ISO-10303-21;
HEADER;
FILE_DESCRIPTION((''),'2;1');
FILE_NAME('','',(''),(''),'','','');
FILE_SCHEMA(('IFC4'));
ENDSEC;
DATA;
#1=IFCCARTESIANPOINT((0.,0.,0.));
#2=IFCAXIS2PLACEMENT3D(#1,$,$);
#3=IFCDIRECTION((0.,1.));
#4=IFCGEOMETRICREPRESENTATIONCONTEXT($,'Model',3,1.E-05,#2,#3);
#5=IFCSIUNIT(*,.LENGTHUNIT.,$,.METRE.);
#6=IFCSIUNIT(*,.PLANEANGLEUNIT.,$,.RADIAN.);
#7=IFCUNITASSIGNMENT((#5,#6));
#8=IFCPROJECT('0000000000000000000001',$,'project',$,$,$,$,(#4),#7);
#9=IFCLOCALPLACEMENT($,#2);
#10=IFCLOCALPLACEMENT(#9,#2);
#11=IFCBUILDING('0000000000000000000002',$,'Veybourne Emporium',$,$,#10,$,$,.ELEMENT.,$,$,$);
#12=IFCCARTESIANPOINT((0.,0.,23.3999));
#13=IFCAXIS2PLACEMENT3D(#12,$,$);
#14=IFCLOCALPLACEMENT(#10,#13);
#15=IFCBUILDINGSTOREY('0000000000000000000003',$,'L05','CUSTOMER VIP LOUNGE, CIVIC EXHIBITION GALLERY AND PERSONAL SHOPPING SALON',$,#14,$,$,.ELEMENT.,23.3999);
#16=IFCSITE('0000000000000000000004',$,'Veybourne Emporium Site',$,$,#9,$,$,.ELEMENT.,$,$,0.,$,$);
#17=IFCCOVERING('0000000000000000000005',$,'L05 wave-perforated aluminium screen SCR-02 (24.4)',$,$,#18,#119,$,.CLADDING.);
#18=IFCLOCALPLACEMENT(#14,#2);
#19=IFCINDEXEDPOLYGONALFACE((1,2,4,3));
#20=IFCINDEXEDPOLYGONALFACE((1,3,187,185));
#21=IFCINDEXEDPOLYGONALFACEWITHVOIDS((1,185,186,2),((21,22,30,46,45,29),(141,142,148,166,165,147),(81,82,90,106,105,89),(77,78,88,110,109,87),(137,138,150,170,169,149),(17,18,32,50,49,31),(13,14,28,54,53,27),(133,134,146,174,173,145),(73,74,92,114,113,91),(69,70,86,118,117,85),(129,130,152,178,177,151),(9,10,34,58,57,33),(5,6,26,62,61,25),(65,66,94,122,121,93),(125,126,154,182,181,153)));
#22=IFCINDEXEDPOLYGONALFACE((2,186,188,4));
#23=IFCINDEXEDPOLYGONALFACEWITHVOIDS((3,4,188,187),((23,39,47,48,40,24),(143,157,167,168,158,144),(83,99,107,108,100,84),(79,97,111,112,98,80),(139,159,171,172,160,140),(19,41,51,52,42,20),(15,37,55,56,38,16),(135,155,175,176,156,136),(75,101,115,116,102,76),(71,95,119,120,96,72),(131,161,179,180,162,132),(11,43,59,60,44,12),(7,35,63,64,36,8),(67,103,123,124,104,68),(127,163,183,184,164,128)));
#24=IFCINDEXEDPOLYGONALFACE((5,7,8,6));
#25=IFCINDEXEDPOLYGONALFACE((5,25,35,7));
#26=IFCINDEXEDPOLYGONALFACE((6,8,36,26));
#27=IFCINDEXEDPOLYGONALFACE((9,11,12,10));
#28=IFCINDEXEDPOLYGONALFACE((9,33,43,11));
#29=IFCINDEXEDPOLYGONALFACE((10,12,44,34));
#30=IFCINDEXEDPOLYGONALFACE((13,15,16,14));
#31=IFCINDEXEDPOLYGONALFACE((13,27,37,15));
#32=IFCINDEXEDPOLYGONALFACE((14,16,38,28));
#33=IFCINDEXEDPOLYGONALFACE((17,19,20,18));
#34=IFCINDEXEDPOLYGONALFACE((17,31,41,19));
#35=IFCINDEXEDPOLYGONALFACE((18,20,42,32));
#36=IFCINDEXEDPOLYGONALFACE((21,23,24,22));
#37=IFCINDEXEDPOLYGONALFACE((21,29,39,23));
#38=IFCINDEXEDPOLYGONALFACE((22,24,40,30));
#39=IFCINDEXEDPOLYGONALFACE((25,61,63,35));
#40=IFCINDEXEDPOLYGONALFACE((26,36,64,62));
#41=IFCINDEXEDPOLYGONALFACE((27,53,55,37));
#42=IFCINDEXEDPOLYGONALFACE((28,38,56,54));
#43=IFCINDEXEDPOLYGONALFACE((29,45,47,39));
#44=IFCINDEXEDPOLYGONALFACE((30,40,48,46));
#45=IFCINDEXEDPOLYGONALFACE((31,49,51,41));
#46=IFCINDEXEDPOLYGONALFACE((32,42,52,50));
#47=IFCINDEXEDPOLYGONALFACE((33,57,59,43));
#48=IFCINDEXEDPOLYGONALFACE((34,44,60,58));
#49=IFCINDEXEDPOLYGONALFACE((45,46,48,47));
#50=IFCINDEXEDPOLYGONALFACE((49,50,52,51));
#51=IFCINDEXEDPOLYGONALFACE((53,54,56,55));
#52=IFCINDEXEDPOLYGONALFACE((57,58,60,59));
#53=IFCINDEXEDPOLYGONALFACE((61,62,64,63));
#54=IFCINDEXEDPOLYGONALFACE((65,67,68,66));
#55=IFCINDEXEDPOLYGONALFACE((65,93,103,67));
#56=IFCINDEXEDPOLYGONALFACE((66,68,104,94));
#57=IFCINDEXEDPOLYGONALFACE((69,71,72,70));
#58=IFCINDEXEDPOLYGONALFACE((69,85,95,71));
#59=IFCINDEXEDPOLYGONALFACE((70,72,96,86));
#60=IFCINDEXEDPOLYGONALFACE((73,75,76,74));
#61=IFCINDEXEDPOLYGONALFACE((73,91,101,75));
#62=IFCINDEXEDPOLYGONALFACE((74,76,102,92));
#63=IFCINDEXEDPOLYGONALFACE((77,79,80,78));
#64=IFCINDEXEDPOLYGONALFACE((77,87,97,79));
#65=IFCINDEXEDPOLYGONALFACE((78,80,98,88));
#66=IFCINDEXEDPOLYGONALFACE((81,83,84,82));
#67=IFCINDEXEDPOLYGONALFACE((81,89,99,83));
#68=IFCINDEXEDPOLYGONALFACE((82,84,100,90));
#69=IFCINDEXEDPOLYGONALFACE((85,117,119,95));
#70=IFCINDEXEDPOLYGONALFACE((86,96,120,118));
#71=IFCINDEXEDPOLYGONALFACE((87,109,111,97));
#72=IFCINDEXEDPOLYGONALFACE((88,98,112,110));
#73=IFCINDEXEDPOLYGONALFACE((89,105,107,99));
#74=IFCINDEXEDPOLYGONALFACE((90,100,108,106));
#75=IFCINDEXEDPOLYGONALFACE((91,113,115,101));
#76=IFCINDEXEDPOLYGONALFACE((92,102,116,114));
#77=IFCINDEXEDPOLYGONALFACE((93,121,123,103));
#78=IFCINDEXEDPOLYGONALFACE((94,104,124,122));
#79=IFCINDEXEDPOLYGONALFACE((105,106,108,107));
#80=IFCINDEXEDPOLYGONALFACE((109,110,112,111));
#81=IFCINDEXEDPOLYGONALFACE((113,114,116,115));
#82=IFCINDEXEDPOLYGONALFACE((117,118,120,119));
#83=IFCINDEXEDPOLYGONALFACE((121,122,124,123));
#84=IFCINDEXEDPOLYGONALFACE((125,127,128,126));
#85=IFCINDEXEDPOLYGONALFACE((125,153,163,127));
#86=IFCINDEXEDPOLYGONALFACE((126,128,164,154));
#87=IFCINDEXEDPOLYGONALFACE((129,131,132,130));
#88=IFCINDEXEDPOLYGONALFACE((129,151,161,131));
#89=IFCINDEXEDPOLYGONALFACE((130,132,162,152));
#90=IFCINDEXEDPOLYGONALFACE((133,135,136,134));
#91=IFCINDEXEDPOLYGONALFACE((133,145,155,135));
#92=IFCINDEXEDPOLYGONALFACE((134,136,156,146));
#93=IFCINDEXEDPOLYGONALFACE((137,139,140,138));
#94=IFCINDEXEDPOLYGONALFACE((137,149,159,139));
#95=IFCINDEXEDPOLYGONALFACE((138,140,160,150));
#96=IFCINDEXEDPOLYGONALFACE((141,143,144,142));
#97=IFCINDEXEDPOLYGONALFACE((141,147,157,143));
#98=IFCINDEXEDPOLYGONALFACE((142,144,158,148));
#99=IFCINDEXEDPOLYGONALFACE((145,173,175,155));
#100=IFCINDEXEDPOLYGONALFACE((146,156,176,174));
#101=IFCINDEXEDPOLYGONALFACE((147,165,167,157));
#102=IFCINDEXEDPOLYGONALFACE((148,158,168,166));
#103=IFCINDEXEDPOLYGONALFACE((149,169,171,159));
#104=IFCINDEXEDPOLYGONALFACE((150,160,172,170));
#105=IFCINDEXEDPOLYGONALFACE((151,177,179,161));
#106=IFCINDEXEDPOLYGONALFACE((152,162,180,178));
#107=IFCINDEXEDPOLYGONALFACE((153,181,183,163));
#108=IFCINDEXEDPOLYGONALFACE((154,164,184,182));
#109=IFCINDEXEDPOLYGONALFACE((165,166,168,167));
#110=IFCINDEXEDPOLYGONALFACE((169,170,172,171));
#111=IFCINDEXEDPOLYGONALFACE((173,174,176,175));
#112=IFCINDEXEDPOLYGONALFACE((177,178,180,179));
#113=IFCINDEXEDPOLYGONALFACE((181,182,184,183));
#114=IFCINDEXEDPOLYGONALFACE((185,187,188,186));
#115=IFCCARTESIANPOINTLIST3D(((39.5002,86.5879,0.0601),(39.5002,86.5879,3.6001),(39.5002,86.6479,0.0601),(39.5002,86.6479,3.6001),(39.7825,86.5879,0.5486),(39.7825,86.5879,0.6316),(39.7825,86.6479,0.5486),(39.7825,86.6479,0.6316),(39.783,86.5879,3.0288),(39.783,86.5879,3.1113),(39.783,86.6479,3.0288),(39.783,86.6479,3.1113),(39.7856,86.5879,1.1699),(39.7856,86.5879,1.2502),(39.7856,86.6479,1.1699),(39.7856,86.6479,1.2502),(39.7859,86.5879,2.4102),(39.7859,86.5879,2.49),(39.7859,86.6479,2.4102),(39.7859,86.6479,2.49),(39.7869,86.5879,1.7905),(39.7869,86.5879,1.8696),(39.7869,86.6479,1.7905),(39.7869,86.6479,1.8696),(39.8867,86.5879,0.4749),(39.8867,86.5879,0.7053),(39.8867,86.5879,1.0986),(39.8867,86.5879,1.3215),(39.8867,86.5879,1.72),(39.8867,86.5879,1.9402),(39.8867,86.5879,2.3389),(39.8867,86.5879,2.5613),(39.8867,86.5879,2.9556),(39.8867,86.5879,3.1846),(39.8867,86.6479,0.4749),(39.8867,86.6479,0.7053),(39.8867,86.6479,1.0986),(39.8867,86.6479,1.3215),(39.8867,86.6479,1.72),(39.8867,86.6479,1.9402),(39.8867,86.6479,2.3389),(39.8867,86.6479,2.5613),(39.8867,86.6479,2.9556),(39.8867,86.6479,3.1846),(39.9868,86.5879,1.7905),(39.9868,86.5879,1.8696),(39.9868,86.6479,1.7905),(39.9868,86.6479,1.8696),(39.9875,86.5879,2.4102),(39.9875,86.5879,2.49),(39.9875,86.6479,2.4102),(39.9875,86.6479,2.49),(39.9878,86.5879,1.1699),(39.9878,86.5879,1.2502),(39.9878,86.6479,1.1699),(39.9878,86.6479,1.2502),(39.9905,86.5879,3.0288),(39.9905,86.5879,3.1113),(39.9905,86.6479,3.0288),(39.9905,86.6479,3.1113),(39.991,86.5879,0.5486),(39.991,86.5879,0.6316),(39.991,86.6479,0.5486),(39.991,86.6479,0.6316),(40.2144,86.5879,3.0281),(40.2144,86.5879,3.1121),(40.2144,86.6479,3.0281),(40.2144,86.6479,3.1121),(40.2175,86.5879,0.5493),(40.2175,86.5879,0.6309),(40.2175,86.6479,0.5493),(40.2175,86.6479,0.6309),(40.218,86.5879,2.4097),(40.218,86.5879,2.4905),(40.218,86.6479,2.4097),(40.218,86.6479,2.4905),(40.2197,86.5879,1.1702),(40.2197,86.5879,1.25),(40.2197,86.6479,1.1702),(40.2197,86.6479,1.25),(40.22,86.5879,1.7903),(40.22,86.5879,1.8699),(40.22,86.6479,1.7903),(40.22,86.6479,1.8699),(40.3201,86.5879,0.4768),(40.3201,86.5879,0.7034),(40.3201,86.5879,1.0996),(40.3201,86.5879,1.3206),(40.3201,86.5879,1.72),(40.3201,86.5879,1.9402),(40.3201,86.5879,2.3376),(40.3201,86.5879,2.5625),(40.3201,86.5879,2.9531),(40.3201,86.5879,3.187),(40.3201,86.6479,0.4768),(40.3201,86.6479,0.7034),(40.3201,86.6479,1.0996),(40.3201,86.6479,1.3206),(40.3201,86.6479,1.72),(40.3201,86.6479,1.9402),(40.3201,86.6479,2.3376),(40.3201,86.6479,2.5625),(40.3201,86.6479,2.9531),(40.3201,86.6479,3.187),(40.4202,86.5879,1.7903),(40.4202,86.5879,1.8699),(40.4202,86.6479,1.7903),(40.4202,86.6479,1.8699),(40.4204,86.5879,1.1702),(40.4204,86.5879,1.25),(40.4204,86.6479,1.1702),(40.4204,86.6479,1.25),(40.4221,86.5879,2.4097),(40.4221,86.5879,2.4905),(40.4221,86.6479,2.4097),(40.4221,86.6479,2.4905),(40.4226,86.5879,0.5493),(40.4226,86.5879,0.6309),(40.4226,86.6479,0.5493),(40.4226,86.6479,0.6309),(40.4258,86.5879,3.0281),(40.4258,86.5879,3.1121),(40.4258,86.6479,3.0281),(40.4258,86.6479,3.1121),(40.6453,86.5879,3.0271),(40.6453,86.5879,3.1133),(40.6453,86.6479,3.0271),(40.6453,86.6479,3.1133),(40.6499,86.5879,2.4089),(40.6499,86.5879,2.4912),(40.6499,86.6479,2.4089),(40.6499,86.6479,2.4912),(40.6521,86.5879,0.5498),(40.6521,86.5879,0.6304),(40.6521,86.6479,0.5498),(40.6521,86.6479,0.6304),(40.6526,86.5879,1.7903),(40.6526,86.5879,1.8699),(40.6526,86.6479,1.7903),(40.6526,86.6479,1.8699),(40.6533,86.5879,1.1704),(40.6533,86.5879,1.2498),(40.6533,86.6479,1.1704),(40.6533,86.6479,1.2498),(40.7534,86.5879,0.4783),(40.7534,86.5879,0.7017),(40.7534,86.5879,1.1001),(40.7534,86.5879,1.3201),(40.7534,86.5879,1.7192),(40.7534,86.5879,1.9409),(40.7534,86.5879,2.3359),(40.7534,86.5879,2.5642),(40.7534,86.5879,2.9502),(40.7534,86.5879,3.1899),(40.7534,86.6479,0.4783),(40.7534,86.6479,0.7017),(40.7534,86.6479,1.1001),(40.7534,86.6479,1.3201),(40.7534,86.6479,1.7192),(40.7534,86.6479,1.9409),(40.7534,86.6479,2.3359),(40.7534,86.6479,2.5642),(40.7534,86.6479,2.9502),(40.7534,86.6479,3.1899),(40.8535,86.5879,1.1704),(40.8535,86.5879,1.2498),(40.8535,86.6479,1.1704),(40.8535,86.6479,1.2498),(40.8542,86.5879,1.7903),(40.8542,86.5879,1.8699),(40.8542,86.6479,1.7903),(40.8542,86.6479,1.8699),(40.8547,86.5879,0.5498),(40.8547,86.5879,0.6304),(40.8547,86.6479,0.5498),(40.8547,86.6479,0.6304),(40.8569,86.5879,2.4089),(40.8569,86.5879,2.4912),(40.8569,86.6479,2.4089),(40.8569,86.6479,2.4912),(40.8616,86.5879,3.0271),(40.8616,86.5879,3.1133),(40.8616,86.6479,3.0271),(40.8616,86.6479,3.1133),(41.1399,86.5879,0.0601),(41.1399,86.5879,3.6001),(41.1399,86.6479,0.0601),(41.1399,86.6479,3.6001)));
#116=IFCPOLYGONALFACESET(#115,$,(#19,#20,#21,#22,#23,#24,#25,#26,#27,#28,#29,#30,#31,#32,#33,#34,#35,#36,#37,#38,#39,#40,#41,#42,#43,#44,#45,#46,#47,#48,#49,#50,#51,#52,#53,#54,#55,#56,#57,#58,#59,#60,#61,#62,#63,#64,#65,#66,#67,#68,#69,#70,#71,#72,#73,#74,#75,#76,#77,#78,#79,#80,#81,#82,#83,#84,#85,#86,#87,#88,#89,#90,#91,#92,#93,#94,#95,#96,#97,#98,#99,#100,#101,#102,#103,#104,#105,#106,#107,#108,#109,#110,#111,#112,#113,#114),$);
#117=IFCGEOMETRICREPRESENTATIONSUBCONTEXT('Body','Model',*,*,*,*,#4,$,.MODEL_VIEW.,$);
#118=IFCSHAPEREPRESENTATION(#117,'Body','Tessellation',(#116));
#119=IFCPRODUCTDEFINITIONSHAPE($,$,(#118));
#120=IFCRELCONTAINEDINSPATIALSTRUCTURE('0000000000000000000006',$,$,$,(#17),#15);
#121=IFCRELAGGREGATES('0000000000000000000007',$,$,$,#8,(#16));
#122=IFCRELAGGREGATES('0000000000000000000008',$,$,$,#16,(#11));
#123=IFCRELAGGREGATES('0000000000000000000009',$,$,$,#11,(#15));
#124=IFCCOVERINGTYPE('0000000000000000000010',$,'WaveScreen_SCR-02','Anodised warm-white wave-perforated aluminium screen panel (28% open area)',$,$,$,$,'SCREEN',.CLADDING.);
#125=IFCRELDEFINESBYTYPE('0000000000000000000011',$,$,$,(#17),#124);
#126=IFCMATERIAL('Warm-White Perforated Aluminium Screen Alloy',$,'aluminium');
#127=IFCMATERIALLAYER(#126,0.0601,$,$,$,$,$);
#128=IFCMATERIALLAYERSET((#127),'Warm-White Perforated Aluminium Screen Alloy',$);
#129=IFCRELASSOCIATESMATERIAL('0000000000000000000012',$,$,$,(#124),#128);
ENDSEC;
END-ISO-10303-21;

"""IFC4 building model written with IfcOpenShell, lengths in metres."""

from ifc_helpers import new_model, si_unit, direction, frame, origin, place, context, subcontext, project, spatial, polyline, outline, extrude, material, layer, layer_set, type_object, element, save


model = new_model("IFC4")

# Units and contexts
model_context = context("Model", 3, precision=1e-05, world=origin(), true_north=direction((0.0, 1.0)))
body_context = subcontext(model_context, "Body", "Model", "MODEL_VIEW")
ifc_project = project(units=[si_unit("LENGTHUNIT", "METRE"), si_unit("PLANEANGLEUNIT", "RADIAN")], contexts=[model_context])

# Site, building, storey
site_placement = place(None, origin())
site = spatial("IfcSite", under=ifc_project, at=site_placement, Name="Veybourne Emporium Site", CompositionType="ELEMENT", RefElevation=0.0)
building_placement = place(site_placement, origin())
building = spatial("IfcBuilding", under=site, at=building_placement, Name="Veybourne Emporium", CompositionType="ELEMENT")
storey_placement = place(building_placement, frame((0.0, 0.0, 23.3999)))
storey = spatial("IfcBuildingStorey", under=building, at=storey_placement, Name="L05", Description="CUSTOMER VIP LOUNGE, CIVIC EXHIBITION GALLERY AND PERSONAL SHOPPING SALON", CompositionType="ELEMENT", Elevation=23.3999)

# Covering
ifc_material_1 = material(Name="Warm-White Perforated Aluminium Screen Alloy", Category="aluminium")
ifc_layer_1 = layer(ifc_material_1, 0.0601)
ifc_layer_set_1 = layer_set([ifc_layer_1], Name="Warm-White Perforated Aluminium Screen Alloy")
covering_type_1 = type_object("IfcCoveringType", Name="WaveScreen_SCR-02", Description="Anodised warm-white wave-perforated aluminium screen panel (28% open area)", ElementType="SCREEN", PredefinedType="CLADDING", material=ifc_layer_set_1)
covering_1_placement = place(storey_placement, frame((40.3201, 86.6479, 1.8301), z_axis=(0.0, -1.0, 0.0), x_axis=(1.0, 0.0, 0.0)))
element("IfcCovering", 1, at=covering_1_placement, inside=storey, type_object=covering_type_1, Name="L05 wave-perforated aluminium screen SCR-02 (24.4)", PredefinedType="CLADDING", context=body_context, shape_type="SweptSolid", body=[
    extrude(outline(polyline([(-0.8198, -1.77), (0.8198, -1.77), (0.8198, 1.77), (-0.8198, 1.77), (-0.8198, -1.77)]), holes=[polyline([(-0.4333, -1.1248), (-0.3291, -1.1985), (-0.3291, -1.2815), (-0.4333, -1.3552), (-0.5376, -1.2815), (-0.5376, -1.1985), (-0.4333, -1.1248)]), polyline([(-0.4333, -0.5085), (-0.3323, -0.5798), (-0.3323, -0.6602), (-0.4333, -0.7314), (-0.5344, -0.6602), (-0.5344, -0.5798), (-0.4333, -0.5085)]), polyline([(-0.4333, 0.1101), (-0.3333, 0.0396), (-0.3333, -0.0396), (-0.4333, -0.1101), (-0.5332, -0.0396), (-0.5332, 0.0396), (-0.4333, 0.1101)]), polyline([(-0.4333, 0.7312), (-0.3325, 0.6599), (-0.3325, 0.5801), (-0.4333, 0.5088), (-0.5342, 0.5801), (-0.5342, 0.6599), (-0.4333, 0.7312)]), polyline([(-0.4333, 1.3545), (-0.3296, 1.2812), (-0.3296, 1.1987), (-0.4333, 1.1255), (-0.5371, 1.1987), (-0.5371, 1.2812), (-0.4333, 1.3545)]), polyline([(0.0, -1.1267), (0.1025, -1.1992), (0.1025, -1.2808), (0.0, -1.3533), (-0.1025, -1.2808), (-0.1025, -1.1992), (0.0, -1.1267)]), polyline([(0.0, -0.5095), (0.1003, -0.5801), (0.1003, -0.6599), (0.0, -0.7305), (-0.1003, -0.6599), (-0.1003, -0.5801), (0.0, -0.5095)]), polyline([(0.0, 0.1101), (0.1001, 0.0398), (0.1001, -0.0398), (0.0, -0.1101), (-0.1001, -0.0398), (-0.1001, 0.0398), (0.0, 0.1101)]), polyline([(0.0, 0.7324), (0.1021, 0.6604), (0.1021, 0.5796), (0.0, 0.5076), (-0.1021, 0.5796), (-0.1021, 0.6604), (0.0, 0.7324)]), polyline([(0.0, 1.3569), (0.1057, 1.282), (0.1057, 1.198), (0.0, 1.123), (-0.1057, 1.198), (-0.1057, 1.282), (0.0, 1.3569)]), polyline([(0.4333, -1.1284), (0.5347, -1.1997), (0.5347, -1.2803), (0.4333, -1.3518), (0.332, -1.2803), (0.332, -1.1997), (0.4333, -1.1284)]), polyline([(0.4333, -0.51), (0.5334, -0.5803), (0.5334, -0.6597), (0.4333, -0.73), (0.3333, -0.6597), (0.3333, -0.5803), (0.4333, -0.51)]), polyline([(0.4333, 0.1108), (0.5342, 0.0398), (0.5342, -0.0398), (0.4333, -0.1108), (0.3325, -0.0398), (0.3325, 0.0398), (0.4333, 0.1108)]), polyline([(0.4333, 0.7341), (0.5369, 0.6611), (0.5369, 0.5789), (0.4333, 0.5059), (0.3298, 0.5789), (0.3298, 0.6611), (0.4333, 0.7341)]), polyline([(0.4333, 1.3599), (0.5415, 1.2832), (0.5415, 1.197), (0.4333, 1.1201), (0.3252, 1.197), (0.3252, 1.2832), (0.4333, 1.3599)])]), origin(), (0.0, 0.0, 1.0), 0.0601),
])

save(model, "model.ifc")
